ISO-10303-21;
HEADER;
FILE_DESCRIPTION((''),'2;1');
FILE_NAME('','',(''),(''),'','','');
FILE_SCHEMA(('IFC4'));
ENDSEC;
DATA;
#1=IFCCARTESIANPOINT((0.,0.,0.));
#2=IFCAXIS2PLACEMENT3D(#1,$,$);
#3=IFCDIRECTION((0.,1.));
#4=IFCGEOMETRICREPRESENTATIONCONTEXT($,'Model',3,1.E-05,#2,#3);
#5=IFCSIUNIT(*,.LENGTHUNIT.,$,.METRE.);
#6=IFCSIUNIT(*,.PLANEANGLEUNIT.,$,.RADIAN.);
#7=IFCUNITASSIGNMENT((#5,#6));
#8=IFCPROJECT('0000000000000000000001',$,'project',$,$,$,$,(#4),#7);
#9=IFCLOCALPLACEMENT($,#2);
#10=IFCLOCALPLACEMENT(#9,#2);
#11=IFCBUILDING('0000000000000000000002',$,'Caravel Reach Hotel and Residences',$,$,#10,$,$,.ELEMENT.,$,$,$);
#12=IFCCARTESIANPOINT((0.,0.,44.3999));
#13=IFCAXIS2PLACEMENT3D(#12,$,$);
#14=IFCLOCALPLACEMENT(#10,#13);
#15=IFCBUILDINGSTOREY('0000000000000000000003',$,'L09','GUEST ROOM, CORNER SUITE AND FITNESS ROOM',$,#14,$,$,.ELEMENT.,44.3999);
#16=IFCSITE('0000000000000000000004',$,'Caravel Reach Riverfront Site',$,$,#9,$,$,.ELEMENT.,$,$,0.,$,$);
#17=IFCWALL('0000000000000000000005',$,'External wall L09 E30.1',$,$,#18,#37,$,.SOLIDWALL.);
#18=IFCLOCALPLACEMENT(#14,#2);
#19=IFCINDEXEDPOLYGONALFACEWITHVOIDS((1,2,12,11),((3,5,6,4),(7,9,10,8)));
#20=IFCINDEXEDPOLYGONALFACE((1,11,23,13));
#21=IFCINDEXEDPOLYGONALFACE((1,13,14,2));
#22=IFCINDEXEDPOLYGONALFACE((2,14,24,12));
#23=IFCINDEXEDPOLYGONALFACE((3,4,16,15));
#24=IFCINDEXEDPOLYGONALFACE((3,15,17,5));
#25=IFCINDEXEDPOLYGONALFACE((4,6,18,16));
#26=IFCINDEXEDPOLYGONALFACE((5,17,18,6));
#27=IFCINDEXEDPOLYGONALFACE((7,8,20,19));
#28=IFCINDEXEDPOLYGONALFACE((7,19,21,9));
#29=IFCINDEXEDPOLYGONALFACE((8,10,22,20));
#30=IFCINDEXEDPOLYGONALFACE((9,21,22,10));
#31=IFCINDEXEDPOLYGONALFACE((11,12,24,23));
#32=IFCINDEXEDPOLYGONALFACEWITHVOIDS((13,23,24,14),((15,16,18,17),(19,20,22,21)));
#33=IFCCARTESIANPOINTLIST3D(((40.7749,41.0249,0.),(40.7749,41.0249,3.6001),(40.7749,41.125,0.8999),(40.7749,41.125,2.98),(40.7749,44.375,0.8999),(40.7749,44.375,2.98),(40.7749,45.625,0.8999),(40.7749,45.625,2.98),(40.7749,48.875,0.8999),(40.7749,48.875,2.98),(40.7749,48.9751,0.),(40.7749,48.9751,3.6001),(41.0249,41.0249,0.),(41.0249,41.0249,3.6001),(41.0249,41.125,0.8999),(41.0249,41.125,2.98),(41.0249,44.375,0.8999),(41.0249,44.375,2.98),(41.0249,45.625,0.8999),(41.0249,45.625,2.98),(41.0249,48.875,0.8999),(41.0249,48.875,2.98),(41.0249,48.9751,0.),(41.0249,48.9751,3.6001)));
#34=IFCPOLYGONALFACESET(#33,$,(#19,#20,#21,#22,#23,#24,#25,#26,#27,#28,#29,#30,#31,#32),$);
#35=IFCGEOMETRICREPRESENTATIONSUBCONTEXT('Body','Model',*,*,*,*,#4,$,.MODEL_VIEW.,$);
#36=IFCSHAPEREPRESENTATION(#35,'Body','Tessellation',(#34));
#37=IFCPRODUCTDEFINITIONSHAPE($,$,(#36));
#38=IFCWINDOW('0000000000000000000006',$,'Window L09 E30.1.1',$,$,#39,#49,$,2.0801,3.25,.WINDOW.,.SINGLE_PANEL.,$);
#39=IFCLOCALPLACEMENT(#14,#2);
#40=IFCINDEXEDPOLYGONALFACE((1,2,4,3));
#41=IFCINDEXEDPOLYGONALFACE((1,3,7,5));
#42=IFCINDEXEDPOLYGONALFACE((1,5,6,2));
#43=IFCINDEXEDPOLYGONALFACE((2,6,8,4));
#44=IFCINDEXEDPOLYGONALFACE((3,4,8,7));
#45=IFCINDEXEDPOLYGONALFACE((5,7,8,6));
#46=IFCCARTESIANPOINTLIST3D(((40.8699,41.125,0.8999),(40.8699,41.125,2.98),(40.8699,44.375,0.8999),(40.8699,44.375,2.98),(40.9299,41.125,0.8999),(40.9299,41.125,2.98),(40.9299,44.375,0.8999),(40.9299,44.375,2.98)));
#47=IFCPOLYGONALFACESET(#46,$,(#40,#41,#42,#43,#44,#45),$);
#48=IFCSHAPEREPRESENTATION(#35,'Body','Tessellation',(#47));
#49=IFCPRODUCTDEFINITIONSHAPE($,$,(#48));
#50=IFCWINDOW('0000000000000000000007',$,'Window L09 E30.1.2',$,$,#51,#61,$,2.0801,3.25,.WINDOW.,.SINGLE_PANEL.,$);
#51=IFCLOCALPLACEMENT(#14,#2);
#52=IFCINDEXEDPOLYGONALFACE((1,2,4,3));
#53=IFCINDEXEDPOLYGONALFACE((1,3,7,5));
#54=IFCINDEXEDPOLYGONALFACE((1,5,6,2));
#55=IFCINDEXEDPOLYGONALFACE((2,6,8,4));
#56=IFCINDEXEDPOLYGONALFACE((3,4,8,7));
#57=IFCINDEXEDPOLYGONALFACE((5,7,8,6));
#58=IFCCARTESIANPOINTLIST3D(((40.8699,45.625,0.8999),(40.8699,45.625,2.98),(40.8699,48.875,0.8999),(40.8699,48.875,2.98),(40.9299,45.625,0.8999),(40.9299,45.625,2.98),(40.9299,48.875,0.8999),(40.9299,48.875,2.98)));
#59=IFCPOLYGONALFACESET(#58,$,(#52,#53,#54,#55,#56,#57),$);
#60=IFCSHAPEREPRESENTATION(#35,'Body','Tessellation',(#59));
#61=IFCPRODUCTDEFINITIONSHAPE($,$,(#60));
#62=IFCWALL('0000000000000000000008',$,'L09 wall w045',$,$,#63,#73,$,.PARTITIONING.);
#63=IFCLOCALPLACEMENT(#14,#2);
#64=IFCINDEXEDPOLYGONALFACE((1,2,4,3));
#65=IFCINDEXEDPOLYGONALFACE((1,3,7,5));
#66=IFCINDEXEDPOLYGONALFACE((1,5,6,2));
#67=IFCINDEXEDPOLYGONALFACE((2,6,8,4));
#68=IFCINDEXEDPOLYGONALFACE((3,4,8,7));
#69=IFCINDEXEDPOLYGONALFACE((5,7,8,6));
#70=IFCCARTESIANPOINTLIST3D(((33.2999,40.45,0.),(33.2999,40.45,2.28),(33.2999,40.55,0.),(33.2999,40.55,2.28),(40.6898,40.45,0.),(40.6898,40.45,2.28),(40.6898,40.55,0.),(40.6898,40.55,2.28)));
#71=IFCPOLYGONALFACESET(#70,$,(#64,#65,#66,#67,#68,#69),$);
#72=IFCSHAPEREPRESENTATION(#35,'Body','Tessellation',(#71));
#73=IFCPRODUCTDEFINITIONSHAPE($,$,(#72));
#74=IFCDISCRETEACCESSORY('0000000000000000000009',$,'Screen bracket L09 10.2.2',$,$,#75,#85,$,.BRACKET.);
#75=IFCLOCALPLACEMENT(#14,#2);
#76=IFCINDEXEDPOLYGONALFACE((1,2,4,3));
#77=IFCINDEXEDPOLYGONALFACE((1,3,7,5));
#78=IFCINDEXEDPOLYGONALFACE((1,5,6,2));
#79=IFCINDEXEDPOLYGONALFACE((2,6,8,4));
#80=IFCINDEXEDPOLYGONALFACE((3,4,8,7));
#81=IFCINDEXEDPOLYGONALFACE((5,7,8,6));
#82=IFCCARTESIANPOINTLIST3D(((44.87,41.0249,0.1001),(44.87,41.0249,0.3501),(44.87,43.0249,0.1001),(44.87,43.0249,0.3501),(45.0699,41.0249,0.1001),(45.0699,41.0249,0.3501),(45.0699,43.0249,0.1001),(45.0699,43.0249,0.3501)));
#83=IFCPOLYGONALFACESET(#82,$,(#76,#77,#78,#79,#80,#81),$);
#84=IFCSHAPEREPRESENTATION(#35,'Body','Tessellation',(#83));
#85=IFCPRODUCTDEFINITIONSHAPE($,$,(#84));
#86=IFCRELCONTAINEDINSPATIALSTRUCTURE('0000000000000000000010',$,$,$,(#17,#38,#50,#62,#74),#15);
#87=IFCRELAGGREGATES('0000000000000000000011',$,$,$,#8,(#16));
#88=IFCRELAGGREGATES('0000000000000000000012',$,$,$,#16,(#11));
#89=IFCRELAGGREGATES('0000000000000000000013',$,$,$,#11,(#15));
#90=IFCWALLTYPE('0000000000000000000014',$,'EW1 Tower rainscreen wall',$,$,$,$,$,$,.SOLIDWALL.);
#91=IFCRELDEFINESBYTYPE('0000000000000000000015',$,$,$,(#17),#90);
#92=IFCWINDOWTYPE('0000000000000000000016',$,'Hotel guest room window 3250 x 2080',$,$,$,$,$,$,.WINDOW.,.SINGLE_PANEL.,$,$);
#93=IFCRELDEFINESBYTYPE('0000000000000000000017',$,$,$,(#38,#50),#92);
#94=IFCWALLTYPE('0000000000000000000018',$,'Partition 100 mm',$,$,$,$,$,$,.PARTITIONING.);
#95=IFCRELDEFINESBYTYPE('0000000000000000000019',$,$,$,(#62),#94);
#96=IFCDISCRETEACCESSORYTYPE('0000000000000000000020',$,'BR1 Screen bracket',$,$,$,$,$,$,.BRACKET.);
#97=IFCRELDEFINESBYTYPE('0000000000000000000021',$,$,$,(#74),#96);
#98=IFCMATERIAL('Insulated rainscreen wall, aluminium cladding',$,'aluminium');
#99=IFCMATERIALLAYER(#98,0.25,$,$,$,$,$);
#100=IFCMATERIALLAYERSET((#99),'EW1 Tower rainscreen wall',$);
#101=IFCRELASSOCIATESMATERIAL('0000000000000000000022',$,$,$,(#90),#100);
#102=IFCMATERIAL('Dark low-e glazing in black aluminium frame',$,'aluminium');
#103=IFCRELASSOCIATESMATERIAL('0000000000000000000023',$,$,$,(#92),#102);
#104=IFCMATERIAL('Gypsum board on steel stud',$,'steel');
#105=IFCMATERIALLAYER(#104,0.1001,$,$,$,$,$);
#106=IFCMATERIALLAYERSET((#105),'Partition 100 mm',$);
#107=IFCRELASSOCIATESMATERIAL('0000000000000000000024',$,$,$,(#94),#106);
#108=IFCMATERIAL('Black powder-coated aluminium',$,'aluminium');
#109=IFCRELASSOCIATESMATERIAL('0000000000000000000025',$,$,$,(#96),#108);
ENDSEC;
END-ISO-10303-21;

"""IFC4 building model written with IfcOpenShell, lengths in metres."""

from ifc_helpers import new_model, si_unit, direction, frame, frame_2d, origin, origin_2d, place, context, subcontext, project, spatial, rectangle, extrude, material, layer, layer_set, type_object, element, fill, save


model = new_model("IFC4")

# Units and contexts
model_context = context("Model", 3, precision=1e-05, world=origin(), true_north=direction((0.0, 1.0)))
body_context = subcontext(model_context, "Body", "Model", "MODEL_VIEW")
ifc_project = project(units=[si_unit("LENGTHUNIT", "METRE"), si_unit("PLANEANGLEUNIT", "RADIAN")], contexts=[model_context])

# Site, building, storey
site_placement = place(None, origin())
site = spatial("IfcSite", under=ifc_project, at=site_placement, Name="Caravel Reach Riverfront Site", CompositionType="ELEMENT", RefElevation=0.0)
building_placement = place(site_placement, origin())
building = spatial("IfcBuilding", under=site, at=building_placement, Name="Caravel Reach Hotel and Residences", CompositionType="ELEMENT")
storey_placement = place(building_placement, frame((0.0, 0.0, 44.3999)))
storey = spatial("IfcBuildingStorey", under=building, at=storey_placement, Name="L09", Description="GUEST ROOM, CORNER SUITE AND FITNESS ROOM", CompositionType="ELEMENT", Elevation=44.3999)

# Shared definitions
ifc_material_1 = material(Name="Insulated rainscreen wall, aluminium cladding", Category="aluminium")
ifc_layer_1 = layer(ifc_material_1, 0.25)
ifc_layer_set_1 = layer_set([ifc_layer_1], Name="EW1 Tower rainscreen wall")
wall_type_1 = type_object("IfcWallType", Name="EW1 Tower rainscreen wall", PredefinedType="SOLIDWALL", material=ifc_layer_set_1)
ifc_material_2 = material(Name="Dark low-e glazing in black aluminium frame", Category="aluminium")
window_type = type_object("IfcWindowType", Name="Hotel guest room window 3250 x 2080", PartitioningType="SINGLE_PANEL", PredefinedType="WINDOW", material=ifc_material_2)

# Wall, openings, windows
wall_1_placement = place(storey_placement, frame((40.8999, 41.0249, 0.0), z_axis=(0.0, 0.0, 1.0), x_axis=(0.0, 1.0, 0.0)))
wall_1 = element("IfcWall", 1, at=wall_1_placement, inside=storey, type_object=wall_type_1, Name="External wall L09 E30.1", PredefinedType="SOLIDWALL", context=body_context, shape_type="SweptSolid", body=[
    extrude(rectangle(XDim=7.9502, YDim=0.25, at=frame_2d((3.9751, 0.0))), origin(), (0.0, 0.0, 1.0), 3.6001),
])
opening_1_placement = place(wall_1_placement, frame((0.1001, 0.0, 0.8999)))
opening_1 = element("IfcOpeningElement", 2, at=opening_1_placement, cuts=wall_1, PredefinedType="OPENING", context=body_context, shape_type="SweptSolid", body=[
    extrude(rectangle(XDim=3.25, YDim=2.0801, at=frame_2d((1.625, 1.04))), frame((0.0, 0.135, 0.0), z_axis=(0.0, -1.0, 0.0), x_axis=(1.0, 0.0, 0.0)), (0.0, 0.0, 1.0), 0.27),
])
opening_2_placement = place(wall_1_placement, frame((4.6001, 0.0, 0.8999)))
opening_2 = element("IfcOpeningElement", 3, at=opening_2_placement, cuts=wall_1, PredefinedType="OPENING", context=body_context, shape_type="SweptSolid", body=[
    extrude(rectangle(XDim=3.25, YDim=2.0801, at=frame_2d((1.625, 1.04))), frame((0.0, 0.135, 0.0), z_axis=(0.0, -1.0, 0.0), x_axis=(1.0, 0.0, 0.0)), (0.0, 0.0, 1.0), 0.27),
])
window_1_placement = place(opening_1_placement, origin())
window_1 = element("IfcWindow", 4, at=window_1_placement, inside=storey, type_object=window_type, Name="Window L09 E30.1.1", OverallHeight=2.0801, OverallWidth=3.25, PartitioningType="SINGLE_PANEL", PredefinedType="WINDOW", context=body_context, shape_type="SweptSolid", body=[
    extrude(rectangle(XDim=3.25, YDim=2.0801, at=frame_2d((1.625, 1.04))), frame((0.0, 0.03, 0.0), z_axis=(0.0, -1.0, 0.0), x_axis=(1.0, 0.0, 0.0)), (0.0, 0.0, 1.0), 0.0601),
])
fill(opening_1, window_1)
window_2_placement = place(opening_2_placement, origin())
window_2 = element("IfcWindow", 5, at=window_2_placement, inside=storey, type_object=window_type, Name="Window L09 E30.1.2", OverallHeight=2.0801, OverallWidth=3.25, PartitioningType="SINGLE_PANEL", PredefinedType="WINDOW", context=body_context, shape_type="SweptSolid", body=[
    extrude(rectangle(XDim=3.25, YDim=2.0801, at=frame_2d((1.625, 1.04))), frame((0.0, 0.03, 0.0), z_axis=(0.0, -1.0, 0.0), x_axis=(1.0, 0.0, 0.0)), (0.0, 0.0, 1.0), 0.0601),
])
fill(opening_2, window_2)

# Wall
ifc_material_3 = material(Name="Gypsum board on steel stud", Category="steel")
ifc_layer_2 = layer(ifc_material_3, 0.1001)
ifc_layer_set_2 = layer_set([ifc_layer_2], Name="Partition 100 mm")
wall_type_2 = type_object("IfcWallType", Name="Partition 100 mm", PredefinedType="PARTITIONING", material=ifc_layer_set_2)
wall_2_placement = place(storey_placement, frame((33.3, 40.5, 0.0), z_axis=(0.0, 0.0, 1.0), x_axis=(1.0, 0.0, 0.0)))
element("IfcWall", 6, at=wall_2_placement, inside=storey, type_object=wall_type_2, Name="L09 wall w045", PredefinedType="PARTITIONING", context=body_context, shape_type="SweptSolid", body=[
    extrude(rectangle(XDim=7.3899, YDim=0.1001, at=frame_2d((3.6948, 0.0))), origin(), (0.0, 0.0, 1.0), 2.28),
])

# Discrete accessory
ifc_material_4 = material(Name="Black powder-coated aluminium", Category="aluminium")
discrete_accessory_type = type_object("IfcDiscreteAccessoryType", Name="BR1 Screen bracket", PredefinedType="BRACKET", material=ifc_material_4)
discrete_accessory_placement = place(storey_placement, frame((44.97, 42.0249, 0.1001), z_axis=(0.0, 0.0, 1.0), x_axis=(0.0, 1.0, 0.0)))
element("IfcDiscreteAccessory", 7, at=discrete_accessory_placement, inside=storey, type_object=discrete_accessory_type, Name="Screen bracket L09 10.2.2", PredefinedType="BRACKET", context=body_context, shape_type="SweptSolid", body=[
    extrude(rectangle(XDim=2.0, YDim=0.2, at=origin_2d()), origin(), (0.0, 0.0, 1.0), 0.25),
])

save(model, "model.ifc")
